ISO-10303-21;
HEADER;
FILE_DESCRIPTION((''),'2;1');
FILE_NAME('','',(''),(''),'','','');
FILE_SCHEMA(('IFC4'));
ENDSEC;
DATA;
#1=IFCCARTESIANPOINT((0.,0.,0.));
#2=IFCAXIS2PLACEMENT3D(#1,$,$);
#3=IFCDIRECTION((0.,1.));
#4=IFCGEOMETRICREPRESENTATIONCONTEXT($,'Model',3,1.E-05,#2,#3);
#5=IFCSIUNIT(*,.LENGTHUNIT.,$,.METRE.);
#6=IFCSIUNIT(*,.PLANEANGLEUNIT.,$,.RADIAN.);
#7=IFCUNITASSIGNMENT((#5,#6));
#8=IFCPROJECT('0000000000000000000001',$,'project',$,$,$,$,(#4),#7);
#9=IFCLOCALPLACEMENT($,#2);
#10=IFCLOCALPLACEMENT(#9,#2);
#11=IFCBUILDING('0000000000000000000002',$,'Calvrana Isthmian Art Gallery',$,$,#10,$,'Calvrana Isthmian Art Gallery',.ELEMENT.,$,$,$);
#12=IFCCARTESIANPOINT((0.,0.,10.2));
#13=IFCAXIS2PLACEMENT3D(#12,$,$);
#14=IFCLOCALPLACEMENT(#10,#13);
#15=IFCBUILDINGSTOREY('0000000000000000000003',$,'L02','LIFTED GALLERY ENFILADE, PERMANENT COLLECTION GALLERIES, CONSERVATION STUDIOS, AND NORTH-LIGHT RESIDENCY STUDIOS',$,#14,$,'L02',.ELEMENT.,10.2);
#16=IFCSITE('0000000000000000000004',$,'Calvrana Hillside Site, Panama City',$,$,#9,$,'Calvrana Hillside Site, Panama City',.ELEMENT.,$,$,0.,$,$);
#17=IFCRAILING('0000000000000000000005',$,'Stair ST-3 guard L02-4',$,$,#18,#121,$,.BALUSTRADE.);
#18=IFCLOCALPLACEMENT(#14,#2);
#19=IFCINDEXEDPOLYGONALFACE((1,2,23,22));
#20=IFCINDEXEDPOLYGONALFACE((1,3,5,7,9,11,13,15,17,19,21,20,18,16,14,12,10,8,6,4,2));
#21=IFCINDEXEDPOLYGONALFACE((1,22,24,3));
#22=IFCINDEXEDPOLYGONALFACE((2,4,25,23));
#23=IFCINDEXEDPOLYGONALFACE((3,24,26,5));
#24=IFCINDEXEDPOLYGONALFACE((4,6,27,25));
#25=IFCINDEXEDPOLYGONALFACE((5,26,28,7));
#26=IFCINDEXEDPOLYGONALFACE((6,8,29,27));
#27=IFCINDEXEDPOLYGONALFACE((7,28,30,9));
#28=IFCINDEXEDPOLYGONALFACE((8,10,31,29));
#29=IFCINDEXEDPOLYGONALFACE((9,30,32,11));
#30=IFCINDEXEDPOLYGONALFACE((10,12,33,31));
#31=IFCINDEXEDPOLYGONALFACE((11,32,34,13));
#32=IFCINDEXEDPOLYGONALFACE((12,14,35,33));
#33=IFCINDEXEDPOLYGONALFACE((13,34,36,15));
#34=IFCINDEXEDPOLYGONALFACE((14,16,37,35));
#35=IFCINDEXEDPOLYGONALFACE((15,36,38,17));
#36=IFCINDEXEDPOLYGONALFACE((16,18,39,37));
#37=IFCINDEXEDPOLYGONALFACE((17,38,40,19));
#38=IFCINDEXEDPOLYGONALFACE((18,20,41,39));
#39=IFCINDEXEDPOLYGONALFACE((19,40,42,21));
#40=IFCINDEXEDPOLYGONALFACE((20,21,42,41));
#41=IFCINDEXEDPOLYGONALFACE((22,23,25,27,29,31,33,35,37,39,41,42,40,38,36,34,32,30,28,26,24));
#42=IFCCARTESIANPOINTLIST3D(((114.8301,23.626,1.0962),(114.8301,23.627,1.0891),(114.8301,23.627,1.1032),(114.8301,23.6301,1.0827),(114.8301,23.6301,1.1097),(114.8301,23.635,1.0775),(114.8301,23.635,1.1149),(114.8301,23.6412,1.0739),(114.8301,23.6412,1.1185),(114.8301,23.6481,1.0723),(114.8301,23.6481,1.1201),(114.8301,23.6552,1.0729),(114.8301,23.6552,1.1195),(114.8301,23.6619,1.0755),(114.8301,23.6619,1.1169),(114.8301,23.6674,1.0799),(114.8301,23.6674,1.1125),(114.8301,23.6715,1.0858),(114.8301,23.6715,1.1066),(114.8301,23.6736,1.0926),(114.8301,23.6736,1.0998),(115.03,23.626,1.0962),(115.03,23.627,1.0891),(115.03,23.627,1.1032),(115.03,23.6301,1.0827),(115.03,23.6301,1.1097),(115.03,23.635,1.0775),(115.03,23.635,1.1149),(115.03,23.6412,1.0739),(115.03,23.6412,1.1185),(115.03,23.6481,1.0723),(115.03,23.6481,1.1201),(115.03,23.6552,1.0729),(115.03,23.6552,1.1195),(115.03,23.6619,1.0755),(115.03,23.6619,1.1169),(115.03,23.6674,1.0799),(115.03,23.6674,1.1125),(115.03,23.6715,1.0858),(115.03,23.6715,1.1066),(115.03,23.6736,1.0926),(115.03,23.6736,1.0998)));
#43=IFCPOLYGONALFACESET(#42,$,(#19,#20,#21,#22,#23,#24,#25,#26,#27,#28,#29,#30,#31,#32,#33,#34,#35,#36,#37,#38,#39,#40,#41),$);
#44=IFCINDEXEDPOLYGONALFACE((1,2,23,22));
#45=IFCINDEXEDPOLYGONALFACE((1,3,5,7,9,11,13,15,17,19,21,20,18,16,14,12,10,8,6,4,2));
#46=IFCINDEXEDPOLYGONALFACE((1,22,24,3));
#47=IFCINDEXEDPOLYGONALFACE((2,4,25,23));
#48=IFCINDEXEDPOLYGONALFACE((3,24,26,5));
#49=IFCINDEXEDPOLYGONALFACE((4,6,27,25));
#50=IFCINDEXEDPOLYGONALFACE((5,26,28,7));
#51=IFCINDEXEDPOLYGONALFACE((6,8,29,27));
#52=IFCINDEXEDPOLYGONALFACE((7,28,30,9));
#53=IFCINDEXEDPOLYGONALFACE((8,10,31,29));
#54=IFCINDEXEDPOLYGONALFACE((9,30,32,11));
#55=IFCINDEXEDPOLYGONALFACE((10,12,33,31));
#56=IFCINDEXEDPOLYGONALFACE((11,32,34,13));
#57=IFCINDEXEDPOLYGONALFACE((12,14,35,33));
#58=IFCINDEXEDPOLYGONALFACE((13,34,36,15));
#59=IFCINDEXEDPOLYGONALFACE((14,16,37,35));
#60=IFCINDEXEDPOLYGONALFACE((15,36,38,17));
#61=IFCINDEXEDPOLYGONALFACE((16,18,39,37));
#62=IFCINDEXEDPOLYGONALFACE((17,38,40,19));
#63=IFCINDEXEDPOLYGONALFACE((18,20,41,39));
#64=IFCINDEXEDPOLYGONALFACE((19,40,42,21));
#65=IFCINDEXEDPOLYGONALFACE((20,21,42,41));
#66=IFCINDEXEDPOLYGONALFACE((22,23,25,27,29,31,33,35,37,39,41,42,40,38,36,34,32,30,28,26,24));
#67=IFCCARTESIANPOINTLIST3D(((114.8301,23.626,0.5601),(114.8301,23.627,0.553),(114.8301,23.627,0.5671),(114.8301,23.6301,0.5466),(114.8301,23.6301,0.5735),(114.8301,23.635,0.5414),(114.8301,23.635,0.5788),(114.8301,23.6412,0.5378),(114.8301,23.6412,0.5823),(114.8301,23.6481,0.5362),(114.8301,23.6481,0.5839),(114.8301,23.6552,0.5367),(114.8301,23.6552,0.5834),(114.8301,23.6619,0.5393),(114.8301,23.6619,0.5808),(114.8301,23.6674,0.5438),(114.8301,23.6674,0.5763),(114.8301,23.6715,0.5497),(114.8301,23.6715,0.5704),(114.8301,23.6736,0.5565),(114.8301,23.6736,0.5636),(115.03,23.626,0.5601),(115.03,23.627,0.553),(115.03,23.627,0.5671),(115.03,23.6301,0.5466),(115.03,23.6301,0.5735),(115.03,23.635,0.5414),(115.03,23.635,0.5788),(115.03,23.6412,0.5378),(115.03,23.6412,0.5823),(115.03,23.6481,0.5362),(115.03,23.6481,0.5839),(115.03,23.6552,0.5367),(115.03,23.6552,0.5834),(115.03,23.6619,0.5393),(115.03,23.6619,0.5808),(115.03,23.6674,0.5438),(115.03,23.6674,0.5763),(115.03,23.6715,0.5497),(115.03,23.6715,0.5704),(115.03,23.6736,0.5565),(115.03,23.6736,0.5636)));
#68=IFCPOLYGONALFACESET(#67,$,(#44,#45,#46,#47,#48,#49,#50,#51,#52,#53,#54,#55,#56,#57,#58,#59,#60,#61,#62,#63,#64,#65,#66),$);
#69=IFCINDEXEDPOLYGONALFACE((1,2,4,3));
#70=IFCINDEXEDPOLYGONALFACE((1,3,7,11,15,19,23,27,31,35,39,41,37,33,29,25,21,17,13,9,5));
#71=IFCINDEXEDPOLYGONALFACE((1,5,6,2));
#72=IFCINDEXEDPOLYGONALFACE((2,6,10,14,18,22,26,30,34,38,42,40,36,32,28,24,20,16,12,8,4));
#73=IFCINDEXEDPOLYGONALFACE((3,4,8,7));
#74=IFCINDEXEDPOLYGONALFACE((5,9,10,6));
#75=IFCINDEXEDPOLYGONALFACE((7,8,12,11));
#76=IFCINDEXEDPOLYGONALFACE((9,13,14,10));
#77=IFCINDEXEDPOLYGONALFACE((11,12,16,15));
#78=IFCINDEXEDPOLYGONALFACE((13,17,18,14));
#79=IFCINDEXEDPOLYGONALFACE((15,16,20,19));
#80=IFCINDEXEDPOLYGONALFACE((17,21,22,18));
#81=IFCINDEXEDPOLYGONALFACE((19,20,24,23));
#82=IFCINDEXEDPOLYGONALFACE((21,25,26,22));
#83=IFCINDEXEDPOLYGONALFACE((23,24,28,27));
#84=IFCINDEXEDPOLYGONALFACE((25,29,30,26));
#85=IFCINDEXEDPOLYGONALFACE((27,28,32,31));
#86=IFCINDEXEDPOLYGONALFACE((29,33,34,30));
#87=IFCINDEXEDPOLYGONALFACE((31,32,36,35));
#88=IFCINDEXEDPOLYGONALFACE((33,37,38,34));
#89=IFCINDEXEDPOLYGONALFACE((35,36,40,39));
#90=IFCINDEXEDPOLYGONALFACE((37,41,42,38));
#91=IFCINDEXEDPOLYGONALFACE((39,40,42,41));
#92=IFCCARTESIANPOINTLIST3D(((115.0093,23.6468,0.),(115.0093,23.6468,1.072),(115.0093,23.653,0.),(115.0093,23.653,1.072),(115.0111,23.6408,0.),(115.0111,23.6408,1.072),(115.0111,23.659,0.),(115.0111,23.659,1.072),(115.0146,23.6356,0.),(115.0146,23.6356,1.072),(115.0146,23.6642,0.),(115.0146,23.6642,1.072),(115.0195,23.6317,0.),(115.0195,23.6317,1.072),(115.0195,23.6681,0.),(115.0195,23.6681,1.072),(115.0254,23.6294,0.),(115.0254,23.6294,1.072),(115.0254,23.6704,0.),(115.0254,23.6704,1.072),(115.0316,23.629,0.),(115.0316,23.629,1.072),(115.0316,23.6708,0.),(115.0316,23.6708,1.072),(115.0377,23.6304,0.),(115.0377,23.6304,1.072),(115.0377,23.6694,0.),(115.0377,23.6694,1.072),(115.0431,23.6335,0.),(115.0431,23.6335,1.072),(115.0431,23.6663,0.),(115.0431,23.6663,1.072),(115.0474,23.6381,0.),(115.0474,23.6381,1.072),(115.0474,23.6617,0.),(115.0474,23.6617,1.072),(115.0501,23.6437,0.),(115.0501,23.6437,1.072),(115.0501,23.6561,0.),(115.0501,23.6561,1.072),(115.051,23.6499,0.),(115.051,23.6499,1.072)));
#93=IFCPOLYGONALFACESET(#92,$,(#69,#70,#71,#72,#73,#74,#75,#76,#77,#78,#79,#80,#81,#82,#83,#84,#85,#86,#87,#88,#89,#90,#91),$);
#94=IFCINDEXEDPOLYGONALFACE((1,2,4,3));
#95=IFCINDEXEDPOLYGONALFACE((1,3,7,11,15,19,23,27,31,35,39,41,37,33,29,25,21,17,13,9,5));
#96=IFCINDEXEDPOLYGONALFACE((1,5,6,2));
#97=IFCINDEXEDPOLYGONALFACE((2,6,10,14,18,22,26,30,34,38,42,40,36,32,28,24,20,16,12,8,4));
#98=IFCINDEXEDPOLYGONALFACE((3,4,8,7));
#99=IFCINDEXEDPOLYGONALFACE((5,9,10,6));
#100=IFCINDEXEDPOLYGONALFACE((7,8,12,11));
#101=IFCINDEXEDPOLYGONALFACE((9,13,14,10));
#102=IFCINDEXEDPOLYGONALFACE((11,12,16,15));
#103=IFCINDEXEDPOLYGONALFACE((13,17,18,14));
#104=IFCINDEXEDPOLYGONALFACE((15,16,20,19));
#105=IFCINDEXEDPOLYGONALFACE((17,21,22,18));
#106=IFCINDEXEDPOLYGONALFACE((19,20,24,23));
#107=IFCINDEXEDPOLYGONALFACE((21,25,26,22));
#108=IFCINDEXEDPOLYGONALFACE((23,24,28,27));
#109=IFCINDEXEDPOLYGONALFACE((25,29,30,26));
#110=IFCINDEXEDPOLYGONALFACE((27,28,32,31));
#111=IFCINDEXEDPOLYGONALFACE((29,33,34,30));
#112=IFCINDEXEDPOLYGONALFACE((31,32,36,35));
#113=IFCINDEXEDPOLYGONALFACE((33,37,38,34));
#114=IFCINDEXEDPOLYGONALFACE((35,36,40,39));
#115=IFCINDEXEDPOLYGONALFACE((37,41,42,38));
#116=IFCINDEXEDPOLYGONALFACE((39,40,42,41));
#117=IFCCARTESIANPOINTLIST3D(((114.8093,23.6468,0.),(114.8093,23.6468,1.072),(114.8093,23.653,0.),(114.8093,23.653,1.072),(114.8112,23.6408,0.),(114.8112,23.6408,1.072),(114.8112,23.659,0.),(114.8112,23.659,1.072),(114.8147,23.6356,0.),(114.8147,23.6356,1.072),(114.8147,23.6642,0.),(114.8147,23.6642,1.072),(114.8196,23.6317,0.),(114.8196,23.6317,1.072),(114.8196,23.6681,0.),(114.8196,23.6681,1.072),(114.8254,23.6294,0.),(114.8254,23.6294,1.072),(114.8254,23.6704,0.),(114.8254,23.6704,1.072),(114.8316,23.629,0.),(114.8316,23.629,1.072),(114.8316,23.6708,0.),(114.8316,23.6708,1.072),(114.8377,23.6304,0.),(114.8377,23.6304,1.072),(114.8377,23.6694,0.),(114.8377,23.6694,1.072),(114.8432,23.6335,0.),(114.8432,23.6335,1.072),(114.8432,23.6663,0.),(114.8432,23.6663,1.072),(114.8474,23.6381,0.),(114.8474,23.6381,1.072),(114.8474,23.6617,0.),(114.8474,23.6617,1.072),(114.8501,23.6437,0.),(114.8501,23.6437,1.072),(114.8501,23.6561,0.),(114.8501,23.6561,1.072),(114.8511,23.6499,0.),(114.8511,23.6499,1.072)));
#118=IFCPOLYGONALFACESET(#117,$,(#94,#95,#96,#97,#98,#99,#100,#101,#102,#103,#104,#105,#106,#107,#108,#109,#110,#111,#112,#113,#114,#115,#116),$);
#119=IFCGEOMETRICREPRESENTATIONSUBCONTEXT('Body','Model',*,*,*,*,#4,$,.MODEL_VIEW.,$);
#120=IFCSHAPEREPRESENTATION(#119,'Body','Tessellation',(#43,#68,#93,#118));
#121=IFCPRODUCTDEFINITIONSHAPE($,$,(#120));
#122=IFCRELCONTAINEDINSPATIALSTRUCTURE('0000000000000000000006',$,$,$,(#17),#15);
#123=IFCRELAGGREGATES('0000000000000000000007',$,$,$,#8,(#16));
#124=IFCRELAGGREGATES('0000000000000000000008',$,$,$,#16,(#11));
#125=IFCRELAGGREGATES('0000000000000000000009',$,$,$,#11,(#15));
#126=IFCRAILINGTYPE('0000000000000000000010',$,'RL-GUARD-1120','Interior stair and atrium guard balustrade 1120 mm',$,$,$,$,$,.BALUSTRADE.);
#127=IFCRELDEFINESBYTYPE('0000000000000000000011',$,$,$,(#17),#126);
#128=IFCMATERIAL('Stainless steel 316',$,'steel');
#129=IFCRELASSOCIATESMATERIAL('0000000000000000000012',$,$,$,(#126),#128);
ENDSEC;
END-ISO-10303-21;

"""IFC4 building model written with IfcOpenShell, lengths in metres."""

from ifc_helpers import new_model, si_unit, direction, frame, origin, origin_2d, place, context, subcontext, project, spatial, circle, extrude, material, type_object, element, save


model = new_model("IFC4")

# Units and contexts
model_context = context("Model", 3, precision=1e-05, world=origin(), true_north=direction((0.0, 1.0)))
body_context = subcontext(model_context, "Body", "Model", "MODEL_VIEW")
ifc_project = project(units=[si_unit("LENGTHUNIT", "METRE"), si_unit("PLANEANGLEUNIT", "RADIAN")], contexts=[model_context])

# Site, building, storey
site_placement = place(None, origin())
site = spatial("IfcSite", under=ifc_project, at=site_placement, Name="Calvrana Hillside Site, Panama City", LongName="Calvrana Hillside Site, Panama City", CompositionType="ELEMENT", RefElevation=0.0)
building_placement = place(site_placement, origin())
building = spatial("IfcBuilding", under=site, at=building_placement, Name="Calvrana Isthmian Art Gallery", LongName="Calvrana Isthmian Art Gallery", CompositionType="ELEMENT")
storey_placement = place(building_placement, frame((0.0, 0.0, 10.2)))
storey = spatial("IfcBuildingStorey", under=building, at=storey_placement, Name="L02", Description="LIFTED GALLERY ENFILADE, PERMANENT COLLECTION GALLERIES, CONSERVATION STUDIOS, AND NORTH-LIGHT RESIDENCY STUDIOS", LongName="L02", CompositionType="ELEMENT", Elevation=10.2)

# Shared definitions
ifc_material_1 = material(Name="Stainless steel 316", Category="steel")

# Railing
railing_type_1 = type_object("IfcRailingType", Name="RL-GUARD-1120", Description="Interior stair and atrium guard balustrade 1120 mm", PredefinedType="BALUSTRADE", material=ifc_material_1)
railing_1_placement = place(storey_placement, frame((115.03, 23.6499, 0.0)))
element("IfcRailing", 1, at=railing_1_placement, inside=storey, type_object=railing_type_1, Name="Stair ST-3 guard L02-4", PredefinedType="BALUSTRADE", context=body_context, shape_type="SweptSolid", body=[
    extrude(circle(Radius=0.0239, at=origin_2d()), frame((0.0, 0.0, 1.0962), z_axis=(-1.0, 0.0, 0.0), x_axis=(0.0, -1.0, 0.0)), (0.0, 0.0, 1.0), 0.2),
    extrude(circle(Radius=0.0239, at=origin_2d()), frame((0.0, 0.0, 0.5601), z_axis=(-1.0, 0.0, 0.0), x_axis=(0.0, -1.0, 0.0)), (0.0, 0.0, 1.0), 0.2),
    extrude(circle(Radius=0.021, at=origin_2d()), origin(), (0.0, 0.0, 1.0), 1.072),
    extrude(circle(Radius=0.021, at=origin_2d()), frame((-0.2, 0.0, 0.0)), (0.0, 0.0, 1.0), 1.072),
])

save(model, "model.ifc")
